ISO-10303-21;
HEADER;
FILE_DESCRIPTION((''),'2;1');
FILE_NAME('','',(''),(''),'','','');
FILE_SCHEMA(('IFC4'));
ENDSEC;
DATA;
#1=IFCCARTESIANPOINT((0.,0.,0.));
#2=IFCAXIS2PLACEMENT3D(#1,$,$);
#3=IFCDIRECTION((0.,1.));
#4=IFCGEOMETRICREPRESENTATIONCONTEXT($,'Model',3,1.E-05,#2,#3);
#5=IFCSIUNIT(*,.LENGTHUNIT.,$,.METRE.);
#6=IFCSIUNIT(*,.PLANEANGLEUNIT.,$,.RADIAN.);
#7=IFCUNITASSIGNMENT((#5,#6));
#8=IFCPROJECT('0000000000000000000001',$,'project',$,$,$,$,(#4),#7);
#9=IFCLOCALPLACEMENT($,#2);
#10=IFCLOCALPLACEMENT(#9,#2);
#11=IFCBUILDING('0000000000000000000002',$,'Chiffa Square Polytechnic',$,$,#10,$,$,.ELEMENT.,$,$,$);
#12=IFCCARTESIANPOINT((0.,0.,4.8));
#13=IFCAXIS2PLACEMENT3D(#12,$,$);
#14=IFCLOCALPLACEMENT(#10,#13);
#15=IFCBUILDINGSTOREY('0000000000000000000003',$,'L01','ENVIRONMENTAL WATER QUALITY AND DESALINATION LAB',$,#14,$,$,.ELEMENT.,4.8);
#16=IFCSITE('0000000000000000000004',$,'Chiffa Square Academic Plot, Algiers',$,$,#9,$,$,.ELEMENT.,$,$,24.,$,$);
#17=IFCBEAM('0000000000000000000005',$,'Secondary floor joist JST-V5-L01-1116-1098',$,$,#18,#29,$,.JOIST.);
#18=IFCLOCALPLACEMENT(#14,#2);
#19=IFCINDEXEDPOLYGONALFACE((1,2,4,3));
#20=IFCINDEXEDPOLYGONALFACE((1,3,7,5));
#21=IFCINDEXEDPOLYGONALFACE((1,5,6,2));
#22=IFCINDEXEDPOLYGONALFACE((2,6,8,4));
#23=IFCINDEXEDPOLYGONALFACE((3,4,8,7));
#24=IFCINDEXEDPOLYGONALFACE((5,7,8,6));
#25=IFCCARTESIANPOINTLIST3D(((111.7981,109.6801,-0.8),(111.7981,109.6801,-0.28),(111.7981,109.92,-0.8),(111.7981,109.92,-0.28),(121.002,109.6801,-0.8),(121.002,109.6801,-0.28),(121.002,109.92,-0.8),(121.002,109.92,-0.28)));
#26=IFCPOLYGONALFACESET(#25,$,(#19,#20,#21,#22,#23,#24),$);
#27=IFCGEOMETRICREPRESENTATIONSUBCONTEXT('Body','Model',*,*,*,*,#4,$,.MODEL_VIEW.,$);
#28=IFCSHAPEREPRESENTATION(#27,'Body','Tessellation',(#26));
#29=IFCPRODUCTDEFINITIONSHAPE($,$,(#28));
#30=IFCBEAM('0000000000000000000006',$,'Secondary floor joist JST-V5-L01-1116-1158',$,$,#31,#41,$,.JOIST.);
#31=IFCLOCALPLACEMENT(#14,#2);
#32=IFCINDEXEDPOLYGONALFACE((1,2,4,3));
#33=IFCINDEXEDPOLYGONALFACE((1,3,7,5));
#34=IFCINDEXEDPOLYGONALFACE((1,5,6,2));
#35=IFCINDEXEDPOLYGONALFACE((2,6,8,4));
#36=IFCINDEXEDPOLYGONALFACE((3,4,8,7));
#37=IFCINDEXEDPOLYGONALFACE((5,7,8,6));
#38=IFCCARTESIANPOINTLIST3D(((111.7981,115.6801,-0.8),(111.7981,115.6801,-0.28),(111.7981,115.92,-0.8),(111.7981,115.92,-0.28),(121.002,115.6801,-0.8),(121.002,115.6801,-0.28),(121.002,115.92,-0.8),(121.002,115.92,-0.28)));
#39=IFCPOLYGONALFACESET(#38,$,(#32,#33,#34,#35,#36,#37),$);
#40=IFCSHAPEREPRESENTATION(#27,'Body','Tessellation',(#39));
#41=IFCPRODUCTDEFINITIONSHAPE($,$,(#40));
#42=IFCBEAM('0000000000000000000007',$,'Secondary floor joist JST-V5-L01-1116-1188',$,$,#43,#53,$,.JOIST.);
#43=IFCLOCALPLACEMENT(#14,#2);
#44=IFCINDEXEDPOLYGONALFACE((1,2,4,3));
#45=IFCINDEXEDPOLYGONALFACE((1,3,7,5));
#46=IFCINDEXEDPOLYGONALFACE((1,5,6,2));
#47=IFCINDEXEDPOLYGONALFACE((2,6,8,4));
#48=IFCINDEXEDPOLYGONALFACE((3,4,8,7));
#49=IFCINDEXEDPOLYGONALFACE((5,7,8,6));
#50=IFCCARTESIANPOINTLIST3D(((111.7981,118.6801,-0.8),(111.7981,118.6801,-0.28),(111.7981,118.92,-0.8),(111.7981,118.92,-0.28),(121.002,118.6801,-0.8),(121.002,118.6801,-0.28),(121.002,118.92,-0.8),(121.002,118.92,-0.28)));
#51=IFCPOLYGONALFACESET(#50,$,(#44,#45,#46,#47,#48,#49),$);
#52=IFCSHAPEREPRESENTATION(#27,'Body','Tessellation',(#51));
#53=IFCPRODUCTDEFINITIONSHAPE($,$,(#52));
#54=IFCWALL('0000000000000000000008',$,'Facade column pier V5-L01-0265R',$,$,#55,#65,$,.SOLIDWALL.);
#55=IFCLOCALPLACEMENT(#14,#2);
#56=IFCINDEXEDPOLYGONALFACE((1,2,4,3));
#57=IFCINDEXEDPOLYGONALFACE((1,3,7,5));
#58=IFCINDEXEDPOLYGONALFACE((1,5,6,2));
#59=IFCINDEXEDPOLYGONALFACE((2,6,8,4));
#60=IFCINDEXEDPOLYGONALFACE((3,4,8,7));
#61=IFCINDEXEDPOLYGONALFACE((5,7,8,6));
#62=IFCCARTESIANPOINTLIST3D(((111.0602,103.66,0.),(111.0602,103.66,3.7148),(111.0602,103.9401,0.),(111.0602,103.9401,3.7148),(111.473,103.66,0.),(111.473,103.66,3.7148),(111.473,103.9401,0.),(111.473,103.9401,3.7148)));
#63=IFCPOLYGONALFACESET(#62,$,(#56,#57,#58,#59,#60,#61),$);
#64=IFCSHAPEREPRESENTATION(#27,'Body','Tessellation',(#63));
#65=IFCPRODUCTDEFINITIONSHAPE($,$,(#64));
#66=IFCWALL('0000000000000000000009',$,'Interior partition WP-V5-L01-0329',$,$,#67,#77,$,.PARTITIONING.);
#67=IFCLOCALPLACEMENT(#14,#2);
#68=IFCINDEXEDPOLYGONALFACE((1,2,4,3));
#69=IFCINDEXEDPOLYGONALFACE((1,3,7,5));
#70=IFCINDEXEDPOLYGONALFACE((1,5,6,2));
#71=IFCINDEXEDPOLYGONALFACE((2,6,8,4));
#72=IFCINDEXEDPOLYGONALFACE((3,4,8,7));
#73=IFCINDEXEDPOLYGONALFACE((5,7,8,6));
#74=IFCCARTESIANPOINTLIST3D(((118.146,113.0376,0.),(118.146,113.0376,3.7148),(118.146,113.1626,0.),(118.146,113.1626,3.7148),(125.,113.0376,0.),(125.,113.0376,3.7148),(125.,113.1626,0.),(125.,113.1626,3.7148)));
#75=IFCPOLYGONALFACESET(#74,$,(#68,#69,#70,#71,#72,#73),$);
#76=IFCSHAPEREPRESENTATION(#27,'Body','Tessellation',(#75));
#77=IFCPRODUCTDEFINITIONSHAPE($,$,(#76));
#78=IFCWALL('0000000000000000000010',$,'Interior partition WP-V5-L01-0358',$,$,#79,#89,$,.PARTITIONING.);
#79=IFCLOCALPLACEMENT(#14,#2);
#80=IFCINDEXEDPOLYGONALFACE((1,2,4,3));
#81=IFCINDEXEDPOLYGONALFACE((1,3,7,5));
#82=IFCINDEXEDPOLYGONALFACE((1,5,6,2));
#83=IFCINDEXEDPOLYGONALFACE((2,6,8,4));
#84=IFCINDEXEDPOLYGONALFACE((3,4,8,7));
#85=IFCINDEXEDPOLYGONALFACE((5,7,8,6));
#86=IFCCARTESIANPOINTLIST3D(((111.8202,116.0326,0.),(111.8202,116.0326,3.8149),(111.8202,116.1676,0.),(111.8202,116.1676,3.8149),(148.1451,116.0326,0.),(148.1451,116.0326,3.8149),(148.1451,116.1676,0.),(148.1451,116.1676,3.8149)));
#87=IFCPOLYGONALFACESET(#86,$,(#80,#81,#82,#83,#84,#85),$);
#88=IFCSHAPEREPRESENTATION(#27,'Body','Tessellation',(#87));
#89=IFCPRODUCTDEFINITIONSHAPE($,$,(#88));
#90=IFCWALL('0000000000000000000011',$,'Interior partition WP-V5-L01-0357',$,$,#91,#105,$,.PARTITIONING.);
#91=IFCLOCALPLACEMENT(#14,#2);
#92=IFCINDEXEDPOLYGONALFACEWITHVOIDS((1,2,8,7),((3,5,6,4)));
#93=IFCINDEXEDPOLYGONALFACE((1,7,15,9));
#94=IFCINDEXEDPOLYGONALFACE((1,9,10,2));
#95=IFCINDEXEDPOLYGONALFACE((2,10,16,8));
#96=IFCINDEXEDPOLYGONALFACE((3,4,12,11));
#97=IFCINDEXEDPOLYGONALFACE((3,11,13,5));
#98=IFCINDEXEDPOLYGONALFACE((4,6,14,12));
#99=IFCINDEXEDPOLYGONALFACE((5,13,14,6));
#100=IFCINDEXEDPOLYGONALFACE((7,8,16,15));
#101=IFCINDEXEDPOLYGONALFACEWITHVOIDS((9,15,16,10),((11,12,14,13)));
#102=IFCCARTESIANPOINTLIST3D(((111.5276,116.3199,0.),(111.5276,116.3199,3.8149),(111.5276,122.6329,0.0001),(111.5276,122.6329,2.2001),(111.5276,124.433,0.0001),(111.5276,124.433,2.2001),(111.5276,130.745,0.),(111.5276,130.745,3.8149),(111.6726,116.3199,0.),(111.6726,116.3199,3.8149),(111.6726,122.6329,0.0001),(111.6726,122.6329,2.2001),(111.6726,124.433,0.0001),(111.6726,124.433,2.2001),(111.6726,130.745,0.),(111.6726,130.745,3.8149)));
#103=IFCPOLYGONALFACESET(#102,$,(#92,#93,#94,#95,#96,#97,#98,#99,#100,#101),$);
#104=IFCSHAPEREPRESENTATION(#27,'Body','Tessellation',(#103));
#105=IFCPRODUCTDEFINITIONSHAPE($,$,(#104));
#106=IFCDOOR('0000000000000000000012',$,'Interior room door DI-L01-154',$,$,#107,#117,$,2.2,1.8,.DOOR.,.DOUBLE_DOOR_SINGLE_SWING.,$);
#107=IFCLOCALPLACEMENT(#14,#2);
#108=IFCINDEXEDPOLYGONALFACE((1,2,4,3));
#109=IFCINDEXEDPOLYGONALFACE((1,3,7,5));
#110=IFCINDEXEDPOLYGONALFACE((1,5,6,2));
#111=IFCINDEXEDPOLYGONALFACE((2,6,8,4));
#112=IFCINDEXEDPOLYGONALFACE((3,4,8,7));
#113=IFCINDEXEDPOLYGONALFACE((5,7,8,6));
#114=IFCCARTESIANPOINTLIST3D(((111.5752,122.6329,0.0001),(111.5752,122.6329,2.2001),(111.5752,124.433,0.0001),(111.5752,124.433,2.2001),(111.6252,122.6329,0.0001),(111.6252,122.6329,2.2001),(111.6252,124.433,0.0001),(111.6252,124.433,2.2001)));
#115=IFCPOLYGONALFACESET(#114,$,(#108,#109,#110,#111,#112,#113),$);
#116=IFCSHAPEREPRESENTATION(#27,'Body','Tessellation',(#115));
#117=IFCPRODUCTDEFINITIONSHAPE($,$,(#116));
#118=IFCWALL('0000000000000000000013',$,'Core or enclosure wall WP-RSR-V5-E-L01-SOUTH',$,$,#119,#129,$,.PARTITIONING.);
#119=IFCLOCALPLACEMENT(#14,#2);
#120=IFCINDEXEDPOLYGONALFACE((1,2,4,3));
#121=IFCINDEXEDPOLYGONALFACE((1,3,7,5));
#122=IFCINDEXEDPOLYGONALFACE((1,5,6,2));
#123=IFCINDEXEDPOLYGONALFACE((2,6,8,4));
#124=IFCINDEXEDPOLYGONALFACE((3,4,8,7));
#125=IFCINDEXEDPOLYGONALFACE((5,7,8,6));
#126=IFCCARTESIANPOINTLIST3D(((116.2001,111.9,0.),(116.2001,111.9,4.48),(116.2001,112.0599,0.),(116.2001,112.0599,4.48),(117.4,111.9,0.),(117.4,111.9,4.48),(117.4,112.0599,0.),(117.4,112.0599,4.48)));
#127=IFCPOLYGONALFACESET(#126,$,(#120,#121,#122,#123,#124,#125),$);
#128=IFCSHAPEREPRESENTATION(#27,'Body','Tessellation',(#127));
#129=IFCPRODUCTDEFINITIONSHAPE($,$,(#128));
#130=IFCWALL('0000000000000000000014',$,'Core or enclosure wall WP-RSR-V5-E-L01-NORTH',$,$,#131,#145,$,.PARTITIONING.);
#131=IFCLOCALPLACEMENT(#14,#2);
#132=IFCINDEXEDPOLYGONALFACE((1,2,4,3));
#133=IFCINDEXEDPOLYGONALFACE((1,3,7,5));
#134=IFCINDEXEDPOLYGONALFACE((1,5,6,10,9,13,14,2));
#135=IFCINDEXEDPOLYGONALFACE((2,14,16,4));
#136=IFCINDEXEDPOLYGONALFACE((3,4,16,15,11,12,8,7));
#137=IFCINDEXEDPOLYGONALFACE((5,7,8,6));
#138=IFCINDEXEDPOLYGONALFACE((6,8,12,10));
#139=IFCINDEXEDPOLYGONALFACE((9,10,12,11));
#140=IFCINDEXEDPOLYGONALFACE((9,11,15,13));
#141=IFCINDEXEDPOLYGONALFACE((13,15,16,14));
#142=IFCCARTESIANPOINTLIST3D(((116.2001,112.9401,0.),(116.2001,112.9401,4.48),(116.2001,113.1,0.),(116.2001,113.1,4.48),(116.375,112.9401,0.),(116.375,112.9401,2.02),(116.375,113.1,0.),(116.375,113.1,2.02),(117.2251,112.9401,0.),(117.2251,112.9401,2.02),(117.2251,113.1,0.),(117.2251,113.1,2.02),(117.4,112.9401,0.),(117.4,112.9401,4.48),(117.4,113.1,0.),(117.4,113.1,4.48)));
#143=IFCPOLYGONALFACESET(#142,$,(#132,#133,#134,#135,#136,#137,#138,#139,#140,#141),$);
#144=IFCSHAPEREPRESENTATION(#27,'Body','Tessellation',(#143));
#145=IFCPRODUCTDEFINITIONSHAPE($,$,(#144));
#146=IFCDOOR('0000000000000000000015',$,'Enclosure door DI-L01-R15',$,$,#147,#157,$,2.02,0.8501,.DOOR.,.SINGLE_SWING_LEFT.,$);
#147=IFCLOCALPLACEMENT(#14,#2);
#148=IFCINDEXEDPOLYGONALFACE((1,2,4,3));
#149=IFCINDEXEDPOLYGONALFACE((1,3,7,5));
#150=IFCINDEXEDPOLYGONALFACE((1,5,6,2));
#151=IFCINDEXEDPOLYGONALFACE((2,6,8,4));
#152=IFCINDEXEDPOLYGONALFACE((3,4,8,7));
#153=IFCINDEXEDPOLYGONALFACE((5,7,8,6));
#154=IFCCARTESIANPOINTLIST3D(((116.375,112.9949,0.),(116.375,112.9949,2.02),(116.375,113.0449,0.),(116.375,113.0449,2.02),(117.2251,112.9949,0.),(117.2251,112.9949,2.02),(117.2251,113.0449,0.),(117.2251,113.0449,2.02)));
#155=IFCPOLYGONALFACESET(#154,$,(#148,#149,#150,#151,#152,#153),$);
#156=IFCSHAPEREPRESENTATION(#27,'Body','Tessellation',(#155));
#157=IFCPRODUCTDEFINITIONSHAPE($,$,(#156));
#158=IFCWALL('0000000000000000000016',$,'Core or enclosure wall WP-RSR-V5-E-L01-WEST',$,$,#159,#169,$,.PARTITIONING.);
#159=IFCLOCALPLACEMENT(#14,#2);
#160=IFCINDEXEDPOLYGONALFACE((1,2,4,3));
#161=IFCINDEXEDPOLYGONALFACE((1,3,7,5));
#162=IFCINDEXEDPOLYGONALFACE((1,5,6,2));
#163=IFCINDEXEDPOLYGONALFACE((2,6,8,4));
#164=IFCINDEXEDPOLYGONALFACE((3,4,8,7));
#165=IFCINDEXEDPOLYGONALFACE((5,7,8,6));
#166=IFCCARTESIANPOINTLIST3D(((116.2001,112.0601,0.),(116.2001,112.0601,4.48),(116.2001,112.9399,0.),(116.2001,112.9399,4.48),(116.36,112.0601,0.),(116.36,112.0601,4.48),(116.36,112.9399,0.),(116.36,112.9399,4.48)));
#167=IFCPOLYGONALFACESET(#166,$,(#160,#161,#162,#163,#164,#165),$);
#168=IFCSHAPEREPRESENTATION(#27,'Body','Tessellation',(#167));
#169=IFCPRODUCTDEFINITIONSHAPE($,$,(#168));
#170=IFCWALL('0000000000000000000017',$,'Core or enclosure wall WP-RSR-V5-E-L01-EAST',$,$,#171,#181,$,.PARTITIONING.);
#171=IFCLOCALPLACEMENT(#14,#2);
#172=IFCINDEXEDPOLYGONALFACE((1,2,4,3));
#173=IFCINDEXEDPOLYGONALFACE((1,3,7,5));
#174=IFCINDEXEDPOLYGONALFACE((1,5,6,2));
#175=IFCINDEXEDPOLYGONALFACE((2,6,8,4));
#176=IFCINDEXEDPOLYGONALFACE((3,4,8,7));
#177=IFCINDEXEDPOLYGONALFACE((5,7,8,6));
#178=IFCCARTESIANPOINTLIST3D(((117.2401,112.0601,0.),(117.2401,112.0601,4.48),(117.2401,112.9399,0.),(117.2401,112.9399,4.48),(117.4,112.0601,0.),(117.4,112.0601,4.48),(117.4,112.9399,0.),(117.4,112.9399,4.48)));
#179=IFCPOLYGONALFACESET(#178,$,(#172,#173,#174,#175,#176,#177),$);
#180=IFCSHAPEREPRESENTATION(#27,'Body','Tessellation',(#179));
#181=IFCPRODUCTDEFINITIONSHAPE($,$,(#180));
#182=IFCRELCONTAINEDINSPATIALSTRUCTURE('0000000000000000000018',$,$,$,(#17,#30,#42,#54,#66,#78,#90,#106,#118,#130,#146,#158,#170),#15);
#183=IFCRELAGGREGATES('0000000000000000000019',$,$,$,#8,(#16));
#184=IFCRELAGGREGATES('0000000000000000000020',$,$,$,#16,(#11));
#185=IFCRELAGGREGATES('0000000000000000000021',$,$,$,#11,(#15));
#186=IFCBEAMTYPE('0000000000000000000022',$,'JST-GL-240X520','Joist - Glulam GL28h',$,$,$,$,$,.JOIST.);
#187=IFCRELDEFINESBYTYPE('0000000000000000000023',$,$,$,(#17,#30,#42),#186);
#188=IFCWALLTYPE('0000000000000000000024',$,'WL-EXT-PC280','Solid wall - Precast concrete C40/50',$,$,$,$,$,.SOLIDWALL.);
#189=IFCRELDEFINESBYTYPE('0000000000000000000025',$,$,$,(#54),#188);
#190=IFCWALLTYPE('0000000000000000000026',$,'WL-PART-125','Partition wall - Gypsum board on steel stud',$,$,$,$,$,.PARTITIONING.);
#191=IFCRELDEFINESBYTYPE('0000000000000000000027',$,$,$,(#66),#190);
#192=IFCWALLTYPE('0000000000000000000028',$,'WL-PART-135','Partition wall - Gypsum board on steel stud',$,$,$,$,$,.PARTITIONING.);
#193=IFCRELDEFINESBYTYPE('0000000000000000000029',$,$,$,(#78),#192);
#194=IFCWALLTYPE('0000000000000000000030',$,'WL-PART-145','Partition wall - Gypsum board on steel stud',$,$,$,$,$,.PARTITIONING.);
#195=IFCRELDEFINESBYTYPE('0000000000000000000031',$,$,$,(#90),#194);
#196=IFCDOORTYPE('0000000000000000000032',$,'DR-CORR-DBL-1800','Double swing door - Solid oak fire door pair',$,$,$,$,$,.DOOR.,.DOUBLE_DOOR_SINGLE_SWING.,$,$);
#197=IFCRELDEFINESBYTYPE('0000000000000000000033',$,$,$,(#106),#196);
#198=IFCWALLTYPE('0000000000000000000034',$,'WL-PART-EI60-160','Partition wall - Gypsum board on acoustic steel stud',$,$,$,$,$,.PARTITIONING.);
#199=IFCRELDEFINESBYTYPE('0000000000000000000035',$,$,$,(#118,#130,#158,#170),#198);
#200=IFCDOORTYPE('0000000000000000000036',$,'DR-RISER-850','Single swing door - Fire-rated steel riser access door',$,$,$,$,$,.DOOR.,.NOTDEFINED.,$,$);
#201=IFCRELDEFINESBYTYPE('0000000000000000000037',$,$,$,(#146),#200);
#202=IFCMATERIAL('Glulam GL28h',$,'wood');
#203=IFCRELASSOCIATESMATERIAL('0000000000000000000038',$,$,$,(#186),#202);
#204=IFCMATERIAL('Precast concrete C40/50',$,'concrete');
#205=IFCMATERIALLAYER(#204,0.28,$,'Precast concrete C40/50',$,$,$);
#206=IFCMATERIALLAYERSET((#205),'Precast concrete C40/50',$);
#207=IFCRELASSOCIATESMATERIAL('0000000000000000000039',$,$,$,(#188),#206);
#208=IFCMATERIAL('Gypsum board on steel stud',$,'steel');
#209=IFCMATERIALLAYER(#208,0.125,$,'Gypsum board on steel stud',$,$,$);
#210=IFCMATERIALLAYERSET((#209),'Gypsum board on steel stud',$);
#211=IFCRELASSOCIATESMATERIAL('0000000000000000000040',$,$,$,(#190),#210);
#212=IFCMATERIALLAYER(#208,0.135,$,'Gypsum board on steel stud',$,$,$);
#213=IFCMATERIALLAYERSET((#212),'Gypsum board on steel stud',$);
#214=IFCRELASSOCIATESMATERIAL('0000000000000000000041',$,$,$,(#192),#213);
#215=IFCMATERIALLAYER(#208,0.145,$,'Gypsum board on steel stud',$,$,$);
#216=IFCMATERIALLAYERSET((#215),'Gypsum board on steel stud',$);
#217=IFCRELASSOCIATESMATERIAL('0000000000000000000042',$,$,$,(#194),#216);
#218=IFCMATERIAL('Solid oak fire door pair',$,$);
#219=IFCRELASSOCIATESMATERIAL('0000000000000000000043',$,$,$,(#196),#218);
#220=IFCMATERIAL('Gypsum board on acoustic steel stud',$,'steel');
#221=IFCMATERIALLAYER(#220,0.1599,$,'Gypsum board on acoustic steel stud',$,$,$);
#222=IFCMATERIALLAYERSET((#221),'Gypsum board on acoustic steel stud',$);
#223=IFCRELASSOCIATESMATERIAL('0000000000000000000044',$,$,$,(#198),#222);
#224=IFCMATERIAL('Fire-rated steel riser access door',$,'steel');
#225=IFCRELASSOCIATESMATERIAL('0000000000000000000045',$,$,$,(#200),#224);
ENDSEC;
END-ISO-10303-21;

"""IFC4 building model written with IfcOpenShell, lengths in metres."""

from ifc_helpers import new_model, si_unit, direction, frame, frame_2d, origin, origin_2d, place, context, subcontext, project, spatial, rectangle, extrude, material, layer, layer_set, material_profile, profile_set, type_object, element, fill, save


model = new_model("IFC4")

# Units and contexts
model_context = context("Model", 3, precision=1e-05, world=origin(), true_north=direction((0.0, 1.0)))
body_context = subcontext(model_context, "Body", "Model", "MODEL_VIEW")
ifc_project = project(units=[si_unit("LENGTHUNIT", "METRE"), si_unit("PLANEANGLEUNIT", "RADIAN")], contexts=[model_context])

# Site, building, storey
site_placement = place(None, origin())
site = spatial("IfcSite", under=ifc_project, at=site_placement, Name="Chiffa Square Academic Plot, Algiers", CompositionType="ELEMENT", RefElevation=24.0)
building_placement = place(site_placement, origin())
building = spatial("IfcBuilding", under=site, at=building_placement, Name="Chiffa Square Polytechnic", CompositionType="ELEMENT")
storey_placement = place(building_placement, frame((0.0, 0.0, 4.8)))
storey = spatial("IfcBuildingStorey", under=building, at=storey_placement, Name="L01", Description="ENVIRONMENTAL WATER QUALITY AND DESALINATION LAB", CompositionType="ELEMENT", Elevation=4.8)

# Beams
ifc_material_1 = material(Name="Glulam GL28h", Category="wood")
ifc_material_profile_1 = material_profile(ifc_material_1, rectangle(XDim=0.24, YDim=0.52, at=origin_2d()), Name="GL28h 240x520")
ifc_profile_set_1 = profile_set([ifc_material_profile_1], Name="Glulam GL28h")
beam_type_1 = type_object("IfcBeamType", Name="JST-GL-240X520", Description="Joist - Glulam GL28h", PredefinedType="JOIST", material=ifc_profile_set_1)
for number, where, z_axis, x_axis, name in (
    (1, (111.7981, 109.8, -0.54), (1.0, 0.0, 0.0), (0.0, 1.0, 0.0), "Secondary floor joist JST-V5-L01-1116-1098"),
    (2, (111.7981, 115.8, -0.54), (1.0, 0.0, 0.0), (0.0, 1.0, 0.0), "Secondary floor joist JST-V5-L01-1116-1158"),
    (3, (111.7981, 118.8, -0.54), (1.0, 0.0, 0.0), (0.0, 1.0, 0.0), "Secondary floor joist JST-V5-L01-1116-1188"),
):
    element("IfcBeam", number, at=place(storey_placement, frame(where, z_axis=z_axis, x_axis=x_axis)), inside=storey, type_object=beam_type_1, Name=name, PredefinedType="JOIST", context=body_context, shape_type="SweptSolid", body=[
        extrude(rectangle(XDim=0.24, YDim=0.52, at=origin_2d()), origin(), (0.0, 0.0, 1.0), 9.2039),
    ])

# Walls
ifc_material_2 = material(Name="Precast concrete C40/50", Category="concrete")
ifc_layer_1 = layer(ifc_material_2, 0.28, Name="Precast concrete C40/50")
ifc_layer_set_1 = layer_set([ifc_layer_1], Name="Precast concrete C40/50")
wall_type_1 = type_object("IfcWallType", Name="WL-EXT-PC280", Description="Solid wall - Precast concrete C40/50", PredefinedType="SOLIDWALL", material=ifc_layer_set_1)
wall_1_placement = place(storey_placement, frame((111.0601, 103.8, 0.0), z_axis=(0.0, 0.0, 1.0), x_axis=(1.0, 0.0, 0.0)))
element("IfcWall", 4, at=wall_1_placement, inside=storey, type_object=wall_type_1, Name="Facade column pier V5-L01-0265R", PredefinedType="SOLIDWALL", context=body_context, shape_type="SweptSolid", body=[
    extrude(rectangle(XDim=0.4128, YDim=0.28, at=frame_2d((0.2065, 0.0))), origin(), (0.0, 0.0, 1.0), 3.7148),
])
ifc_material_3 = material(Name="Gypsum board on steel stud", Category="steel")
ifc_layer_2 = layer(ifc_material_3, 0.125, Name="Gypsum board on steel stud")
ifc_layer_set_2 = layer_set([ifc_layer_2], Name="Gypsum board on steel stud")
wall_type_2 = type_object("IfcWallType", Name="WL-PART-125", Description="Partition wall - Gypsum board on steel stud", PredefinedType="PARTITIONING", material=ifc_layer_set_2)
wall_2_placement = place(storey_placement, frame((118.146, 113.1001, 0.0), z_axis=(0.0, 0.0, 1.0), x_axis=(1.0, 0.0, 0.0)))
element("IfcWall", 5, at=wall_2_placement, inside=storey, type_object=wall_type_2, Name="Interior partition WP-V5-L01-0329", PredefinedType="PARTITIONING", context=body_context, shape_type="SweptSolid", body=[
    extrude(rectangle(XDim=6.854, YDim=0.125, at=frame_2d((3.427, 0.0))), origin(), (0.0, 0.0, 1.0), 3.7148),
])
ifc_layer_3 = layer(ifc_material_3, 0.135, Name="Gypsum board on steel stud")
ifc_layer_set_3 = layer_set([ifc_layer_3], Name="Gypsum board on steel stud")
wall_type_3 = type_object("IfcWallType", Name="WL-PART-135", Description="Partition wall - Gypsum board on steel stud", PredefinedType="PARTITIONING", material=ifc_layer_set_3)
wall_3_placement = place(storey_placement, frame((111.8201, 116.1001, 0.0), z_axis=(0.0, 0.0, 1.0), x_axis=(1.0, 0.0, 0.0)))
element("IfcWall", 6, at=wall_3_placement, inside=storey, type_object=wall_type_3, Name="Interior partition WP-V5-L01-0358", PredefinedType="PARTITIONING", context=body_context, shape_type="SweptSolid", body=[
    extrude(rectangle(XDim=36.325, YDim=0.135, at=frame_2d((18.1626, 0.0))), origin(), (0.0, 0.0, 1.0), 3.8149),
])

# Wall, opening, door
ifc_layer_4 = layer(ifc_material_3, 0.145, Name="Gypsum board on steel stud")
ifc_layer_set_4 = layer_set([ifc_layer_4], Name="Gypsum board on steel stud")
wall_type_4 = type_object("IfcWallType", Name="WL-PART-145", Description="Partition wall - Gypsum board on steel stud", PredefinedType="PARTITIONING", material=ifc_layer_set_4)
wall_4_placement = place(storey_placement, frame((111.6001, 116.3201, 0.0), z_axis=(0.0, 0.0, 1.0), x_axis=(0.0, 1.0, 0.0)))
wall_4 = element("IfcWall", 7, at=wall_4_placement, inside=storey, type_object=wall_type_4, Name="Interior partition WP-V5-L01-0357", PredefinedType="PARTITIONING", context=body_context, shape_type="SweptSolid", body=[
    extrude(rectangle(XDim=14.425, YDim=0.145, at=frame_2d((7.2124, 0.0))), origin(), (0.0, 0.0, 1.0), 3.8149),
])
opening_1_placement = place(wall_4_placement, frame((6.313, 0.0, 0.0)))
opening_1 = element("IfcOpeningElement", 8, at=opening_1_placement, cuts=wall_4, PredefinedType="OPENING", context=body_context, shape_type="SweptSolid", body=[
    extrude(rectangle(XDim=1.8, YDim=2.2, at=frame_2d((0.8999, 1.1001))), frame((0.0, 0.0825, 0.0), z_axis=(0.0, -1.0, 0.0), x_axis=(1.0, 0.0, 0.0)), (0.0, 0.0, 1.0), 0.165),
])
ifc_material_4 = material(Name="Solid oak fire door pair")
door_type_1 = type_object("IfcDoorType", Name="DR-CORR-DBL-1800", Description="Double swing door - Solid oak fire door pair", OperationType="DOUBLE_DOOR_SINGLE_SWING", PredefinedType="DOOR", material=ifc_material_4)
door_1_placement = place(opening_1_placement, origin())
door_1 = element("IfcDoor", 9, at=door_1_placement, inside=storey, type_object=door_type_1, Name="Interior room door DI-L01-154", OperationType="DOUBLE_DOOR_SINGLE_SWING", OverallHeight=2.2, OverallWidth=1.8, PredefinedType="DOOR", context=body_context, shape_type="SweptSolid", body=[
    extrude(rectangle(XDim=1.8, YDim=2.2, at=frame_2d((0.8999, 1.1001))), frame((0.0, 0.0249, 0.0), z_axis=(0.0, -1.0, 0.0), x_axis=(1.0, 0.0, 0.0)), (0.0, 0.0, 1.0), 0.05),
])
fill(opening_1, door_1)

# Wall
ifc_material_5 = material(Name="Gypsum board on acoustic steel stud", Category="steel")
ifc_layer_5 = layer(ifc_material_5, 0.1599, Name="Gypsum board on acoustic steel stud")
ifc_layer_set_5 = layer_set([ifc_layer_5], Name="Gypsum board on acoustic steel stud")
wall_type_5 = type_object("IfcWallType", Name="WL-PART-EI60-160", Description="Partition wall - Gypsum board on acoustic steel stud", PredefinedType="PARTITIONING", material=ifc_layer_set_5)
wall_5_placement = place(storey_placement, frame((116.2, 111.98, 0.0), z_axis=(0.0, 0.0, 1.0), x_axis=(1.0, 0.0, 0.0)))
element("IfcWall", 10, at=wall_5_placement, inside=storey, type_object=wall_type_5, Name="Core or enclosure wall WP-RSR-V5-E-L01-SOUTH", PredefinedType="PARTITIONING", context=body_context, shape_type="SweptSolid", body=[
    extrude(rectangle(XDim=1.2, YDim=0.1599, at=frame_2d((0.6001, 0.0))), origin(), (0.0, 0.0, 1.0), 4.48),
])

# Wall, opening, door
wall_6_placement = place(storey_placement, frame((116.2, 113.02, 0.0), z_axis=(0.0, 0.0, 1.0), x_axis=(1.0, 0.0, 0.0)))
wall_6 = element("IfcWall", 11, at=wall_6_placement, inside=storey, type_object=wall_type_5, Name="Core or enclosure wall WP-RSR-V5-E-L01-NORTH", PredefinedType="PARTITIONING", context=body_context, shape_type="SweptSolid", body=[
    extrude(rectangle(XDim=1.2, YDim=0.1599, at=frame_2d((0.6001, 0.0))), origin(), (0.0, 0.0, 1.0), 4.48),
])
opening_2_placement = place(wall_6_placement, frame((0.175, 0.0, 0.0)))
opening_2 = element("IfcOpeningElement", 12, at=opening_2_placement, cuts=wall_6, PredefinedType="OPENING", context=body_context, shape_type="SweptSolid", body=[
    extrude(rectangle(XDim=0.8501, YDim=2.02, at=frame_2d((0.425, 1.01))), frame((0.0, 0.0898, 0.0), z_axis=(0.0, -1.0, 0.0), x_axis=(1.0, 0.0, 0.0)), (0.0, 0.0, 1.0), 0.1799),
])
ifc_material_6 = material(Name="Fire-rated steel riser access door", Category="steel")
door_type_2 = type_object("IfcDoorType", Name="DR-RISER-850", Description="Single swing door - Fire-rated steel riser access door", OperationType="NOTDEFINED", PredefinedType="DOOR", material=ifc_material_6)
door_2_placement = place(opening_2_placement, origin())
door_2 = element("IfcDoor", 13, at=door_2_placement, inside=storey, type_object=door_type_2, Name="Enclosure door DI-L01-R15", OperationType="SINGLE_SWING_LEFT", OverallHeight=2.02, OverallWidth=0.8501, PredefinedType="DOOR", context=body_context, shape_type="SweptSolid", body=[
    extrude(rectangle(XDim=0.8501, YDim=2.02, at=frame_2d((0.425, 1.01))), frame((0.0, 0.0249, 0.0), z_axis=(0.0, -1.0, 0.0), x_axis=(1.0, 0.0, 0.0)), (0.0, 0.0, 1.0), 0.05),
])
fill(opening_2, door_2)

# Walls
for number, where, z_axis, x_axis, name in (
    (14, (116.28, 112.0601, 0.0), (0.0, 0.0, 1.0), (0.0, 1.0, 0.0), "Core or enclosure wall WP-RSR-V5-E-L01-WEST"),
    (15, (117.3201, 112.0601, 0.0), (0.0, 0.0, 1.0), (0.0, 1.0, 0.0), "Core or enclosure wall WP-RSR-V5-E-L01-EAST"),
):
    element("IfcWall", number, at=place(storey_placement, frame(where, z_axis=z_axis, x_axis=x_axis)), inside=storey, type_object=wall_type_5, Name=name, PredefinedType="PARTITIONING", context=body_context, shape_type="SweptSolid", body=[
        extrude(rectangle(XDim=0.8799, YDim=0.1599, at=frame_2d((0.4399, 0.0))), origin(), (0.0, 0.0, 1.0), 4.48),
    ])

save(model, "model.ifc")
